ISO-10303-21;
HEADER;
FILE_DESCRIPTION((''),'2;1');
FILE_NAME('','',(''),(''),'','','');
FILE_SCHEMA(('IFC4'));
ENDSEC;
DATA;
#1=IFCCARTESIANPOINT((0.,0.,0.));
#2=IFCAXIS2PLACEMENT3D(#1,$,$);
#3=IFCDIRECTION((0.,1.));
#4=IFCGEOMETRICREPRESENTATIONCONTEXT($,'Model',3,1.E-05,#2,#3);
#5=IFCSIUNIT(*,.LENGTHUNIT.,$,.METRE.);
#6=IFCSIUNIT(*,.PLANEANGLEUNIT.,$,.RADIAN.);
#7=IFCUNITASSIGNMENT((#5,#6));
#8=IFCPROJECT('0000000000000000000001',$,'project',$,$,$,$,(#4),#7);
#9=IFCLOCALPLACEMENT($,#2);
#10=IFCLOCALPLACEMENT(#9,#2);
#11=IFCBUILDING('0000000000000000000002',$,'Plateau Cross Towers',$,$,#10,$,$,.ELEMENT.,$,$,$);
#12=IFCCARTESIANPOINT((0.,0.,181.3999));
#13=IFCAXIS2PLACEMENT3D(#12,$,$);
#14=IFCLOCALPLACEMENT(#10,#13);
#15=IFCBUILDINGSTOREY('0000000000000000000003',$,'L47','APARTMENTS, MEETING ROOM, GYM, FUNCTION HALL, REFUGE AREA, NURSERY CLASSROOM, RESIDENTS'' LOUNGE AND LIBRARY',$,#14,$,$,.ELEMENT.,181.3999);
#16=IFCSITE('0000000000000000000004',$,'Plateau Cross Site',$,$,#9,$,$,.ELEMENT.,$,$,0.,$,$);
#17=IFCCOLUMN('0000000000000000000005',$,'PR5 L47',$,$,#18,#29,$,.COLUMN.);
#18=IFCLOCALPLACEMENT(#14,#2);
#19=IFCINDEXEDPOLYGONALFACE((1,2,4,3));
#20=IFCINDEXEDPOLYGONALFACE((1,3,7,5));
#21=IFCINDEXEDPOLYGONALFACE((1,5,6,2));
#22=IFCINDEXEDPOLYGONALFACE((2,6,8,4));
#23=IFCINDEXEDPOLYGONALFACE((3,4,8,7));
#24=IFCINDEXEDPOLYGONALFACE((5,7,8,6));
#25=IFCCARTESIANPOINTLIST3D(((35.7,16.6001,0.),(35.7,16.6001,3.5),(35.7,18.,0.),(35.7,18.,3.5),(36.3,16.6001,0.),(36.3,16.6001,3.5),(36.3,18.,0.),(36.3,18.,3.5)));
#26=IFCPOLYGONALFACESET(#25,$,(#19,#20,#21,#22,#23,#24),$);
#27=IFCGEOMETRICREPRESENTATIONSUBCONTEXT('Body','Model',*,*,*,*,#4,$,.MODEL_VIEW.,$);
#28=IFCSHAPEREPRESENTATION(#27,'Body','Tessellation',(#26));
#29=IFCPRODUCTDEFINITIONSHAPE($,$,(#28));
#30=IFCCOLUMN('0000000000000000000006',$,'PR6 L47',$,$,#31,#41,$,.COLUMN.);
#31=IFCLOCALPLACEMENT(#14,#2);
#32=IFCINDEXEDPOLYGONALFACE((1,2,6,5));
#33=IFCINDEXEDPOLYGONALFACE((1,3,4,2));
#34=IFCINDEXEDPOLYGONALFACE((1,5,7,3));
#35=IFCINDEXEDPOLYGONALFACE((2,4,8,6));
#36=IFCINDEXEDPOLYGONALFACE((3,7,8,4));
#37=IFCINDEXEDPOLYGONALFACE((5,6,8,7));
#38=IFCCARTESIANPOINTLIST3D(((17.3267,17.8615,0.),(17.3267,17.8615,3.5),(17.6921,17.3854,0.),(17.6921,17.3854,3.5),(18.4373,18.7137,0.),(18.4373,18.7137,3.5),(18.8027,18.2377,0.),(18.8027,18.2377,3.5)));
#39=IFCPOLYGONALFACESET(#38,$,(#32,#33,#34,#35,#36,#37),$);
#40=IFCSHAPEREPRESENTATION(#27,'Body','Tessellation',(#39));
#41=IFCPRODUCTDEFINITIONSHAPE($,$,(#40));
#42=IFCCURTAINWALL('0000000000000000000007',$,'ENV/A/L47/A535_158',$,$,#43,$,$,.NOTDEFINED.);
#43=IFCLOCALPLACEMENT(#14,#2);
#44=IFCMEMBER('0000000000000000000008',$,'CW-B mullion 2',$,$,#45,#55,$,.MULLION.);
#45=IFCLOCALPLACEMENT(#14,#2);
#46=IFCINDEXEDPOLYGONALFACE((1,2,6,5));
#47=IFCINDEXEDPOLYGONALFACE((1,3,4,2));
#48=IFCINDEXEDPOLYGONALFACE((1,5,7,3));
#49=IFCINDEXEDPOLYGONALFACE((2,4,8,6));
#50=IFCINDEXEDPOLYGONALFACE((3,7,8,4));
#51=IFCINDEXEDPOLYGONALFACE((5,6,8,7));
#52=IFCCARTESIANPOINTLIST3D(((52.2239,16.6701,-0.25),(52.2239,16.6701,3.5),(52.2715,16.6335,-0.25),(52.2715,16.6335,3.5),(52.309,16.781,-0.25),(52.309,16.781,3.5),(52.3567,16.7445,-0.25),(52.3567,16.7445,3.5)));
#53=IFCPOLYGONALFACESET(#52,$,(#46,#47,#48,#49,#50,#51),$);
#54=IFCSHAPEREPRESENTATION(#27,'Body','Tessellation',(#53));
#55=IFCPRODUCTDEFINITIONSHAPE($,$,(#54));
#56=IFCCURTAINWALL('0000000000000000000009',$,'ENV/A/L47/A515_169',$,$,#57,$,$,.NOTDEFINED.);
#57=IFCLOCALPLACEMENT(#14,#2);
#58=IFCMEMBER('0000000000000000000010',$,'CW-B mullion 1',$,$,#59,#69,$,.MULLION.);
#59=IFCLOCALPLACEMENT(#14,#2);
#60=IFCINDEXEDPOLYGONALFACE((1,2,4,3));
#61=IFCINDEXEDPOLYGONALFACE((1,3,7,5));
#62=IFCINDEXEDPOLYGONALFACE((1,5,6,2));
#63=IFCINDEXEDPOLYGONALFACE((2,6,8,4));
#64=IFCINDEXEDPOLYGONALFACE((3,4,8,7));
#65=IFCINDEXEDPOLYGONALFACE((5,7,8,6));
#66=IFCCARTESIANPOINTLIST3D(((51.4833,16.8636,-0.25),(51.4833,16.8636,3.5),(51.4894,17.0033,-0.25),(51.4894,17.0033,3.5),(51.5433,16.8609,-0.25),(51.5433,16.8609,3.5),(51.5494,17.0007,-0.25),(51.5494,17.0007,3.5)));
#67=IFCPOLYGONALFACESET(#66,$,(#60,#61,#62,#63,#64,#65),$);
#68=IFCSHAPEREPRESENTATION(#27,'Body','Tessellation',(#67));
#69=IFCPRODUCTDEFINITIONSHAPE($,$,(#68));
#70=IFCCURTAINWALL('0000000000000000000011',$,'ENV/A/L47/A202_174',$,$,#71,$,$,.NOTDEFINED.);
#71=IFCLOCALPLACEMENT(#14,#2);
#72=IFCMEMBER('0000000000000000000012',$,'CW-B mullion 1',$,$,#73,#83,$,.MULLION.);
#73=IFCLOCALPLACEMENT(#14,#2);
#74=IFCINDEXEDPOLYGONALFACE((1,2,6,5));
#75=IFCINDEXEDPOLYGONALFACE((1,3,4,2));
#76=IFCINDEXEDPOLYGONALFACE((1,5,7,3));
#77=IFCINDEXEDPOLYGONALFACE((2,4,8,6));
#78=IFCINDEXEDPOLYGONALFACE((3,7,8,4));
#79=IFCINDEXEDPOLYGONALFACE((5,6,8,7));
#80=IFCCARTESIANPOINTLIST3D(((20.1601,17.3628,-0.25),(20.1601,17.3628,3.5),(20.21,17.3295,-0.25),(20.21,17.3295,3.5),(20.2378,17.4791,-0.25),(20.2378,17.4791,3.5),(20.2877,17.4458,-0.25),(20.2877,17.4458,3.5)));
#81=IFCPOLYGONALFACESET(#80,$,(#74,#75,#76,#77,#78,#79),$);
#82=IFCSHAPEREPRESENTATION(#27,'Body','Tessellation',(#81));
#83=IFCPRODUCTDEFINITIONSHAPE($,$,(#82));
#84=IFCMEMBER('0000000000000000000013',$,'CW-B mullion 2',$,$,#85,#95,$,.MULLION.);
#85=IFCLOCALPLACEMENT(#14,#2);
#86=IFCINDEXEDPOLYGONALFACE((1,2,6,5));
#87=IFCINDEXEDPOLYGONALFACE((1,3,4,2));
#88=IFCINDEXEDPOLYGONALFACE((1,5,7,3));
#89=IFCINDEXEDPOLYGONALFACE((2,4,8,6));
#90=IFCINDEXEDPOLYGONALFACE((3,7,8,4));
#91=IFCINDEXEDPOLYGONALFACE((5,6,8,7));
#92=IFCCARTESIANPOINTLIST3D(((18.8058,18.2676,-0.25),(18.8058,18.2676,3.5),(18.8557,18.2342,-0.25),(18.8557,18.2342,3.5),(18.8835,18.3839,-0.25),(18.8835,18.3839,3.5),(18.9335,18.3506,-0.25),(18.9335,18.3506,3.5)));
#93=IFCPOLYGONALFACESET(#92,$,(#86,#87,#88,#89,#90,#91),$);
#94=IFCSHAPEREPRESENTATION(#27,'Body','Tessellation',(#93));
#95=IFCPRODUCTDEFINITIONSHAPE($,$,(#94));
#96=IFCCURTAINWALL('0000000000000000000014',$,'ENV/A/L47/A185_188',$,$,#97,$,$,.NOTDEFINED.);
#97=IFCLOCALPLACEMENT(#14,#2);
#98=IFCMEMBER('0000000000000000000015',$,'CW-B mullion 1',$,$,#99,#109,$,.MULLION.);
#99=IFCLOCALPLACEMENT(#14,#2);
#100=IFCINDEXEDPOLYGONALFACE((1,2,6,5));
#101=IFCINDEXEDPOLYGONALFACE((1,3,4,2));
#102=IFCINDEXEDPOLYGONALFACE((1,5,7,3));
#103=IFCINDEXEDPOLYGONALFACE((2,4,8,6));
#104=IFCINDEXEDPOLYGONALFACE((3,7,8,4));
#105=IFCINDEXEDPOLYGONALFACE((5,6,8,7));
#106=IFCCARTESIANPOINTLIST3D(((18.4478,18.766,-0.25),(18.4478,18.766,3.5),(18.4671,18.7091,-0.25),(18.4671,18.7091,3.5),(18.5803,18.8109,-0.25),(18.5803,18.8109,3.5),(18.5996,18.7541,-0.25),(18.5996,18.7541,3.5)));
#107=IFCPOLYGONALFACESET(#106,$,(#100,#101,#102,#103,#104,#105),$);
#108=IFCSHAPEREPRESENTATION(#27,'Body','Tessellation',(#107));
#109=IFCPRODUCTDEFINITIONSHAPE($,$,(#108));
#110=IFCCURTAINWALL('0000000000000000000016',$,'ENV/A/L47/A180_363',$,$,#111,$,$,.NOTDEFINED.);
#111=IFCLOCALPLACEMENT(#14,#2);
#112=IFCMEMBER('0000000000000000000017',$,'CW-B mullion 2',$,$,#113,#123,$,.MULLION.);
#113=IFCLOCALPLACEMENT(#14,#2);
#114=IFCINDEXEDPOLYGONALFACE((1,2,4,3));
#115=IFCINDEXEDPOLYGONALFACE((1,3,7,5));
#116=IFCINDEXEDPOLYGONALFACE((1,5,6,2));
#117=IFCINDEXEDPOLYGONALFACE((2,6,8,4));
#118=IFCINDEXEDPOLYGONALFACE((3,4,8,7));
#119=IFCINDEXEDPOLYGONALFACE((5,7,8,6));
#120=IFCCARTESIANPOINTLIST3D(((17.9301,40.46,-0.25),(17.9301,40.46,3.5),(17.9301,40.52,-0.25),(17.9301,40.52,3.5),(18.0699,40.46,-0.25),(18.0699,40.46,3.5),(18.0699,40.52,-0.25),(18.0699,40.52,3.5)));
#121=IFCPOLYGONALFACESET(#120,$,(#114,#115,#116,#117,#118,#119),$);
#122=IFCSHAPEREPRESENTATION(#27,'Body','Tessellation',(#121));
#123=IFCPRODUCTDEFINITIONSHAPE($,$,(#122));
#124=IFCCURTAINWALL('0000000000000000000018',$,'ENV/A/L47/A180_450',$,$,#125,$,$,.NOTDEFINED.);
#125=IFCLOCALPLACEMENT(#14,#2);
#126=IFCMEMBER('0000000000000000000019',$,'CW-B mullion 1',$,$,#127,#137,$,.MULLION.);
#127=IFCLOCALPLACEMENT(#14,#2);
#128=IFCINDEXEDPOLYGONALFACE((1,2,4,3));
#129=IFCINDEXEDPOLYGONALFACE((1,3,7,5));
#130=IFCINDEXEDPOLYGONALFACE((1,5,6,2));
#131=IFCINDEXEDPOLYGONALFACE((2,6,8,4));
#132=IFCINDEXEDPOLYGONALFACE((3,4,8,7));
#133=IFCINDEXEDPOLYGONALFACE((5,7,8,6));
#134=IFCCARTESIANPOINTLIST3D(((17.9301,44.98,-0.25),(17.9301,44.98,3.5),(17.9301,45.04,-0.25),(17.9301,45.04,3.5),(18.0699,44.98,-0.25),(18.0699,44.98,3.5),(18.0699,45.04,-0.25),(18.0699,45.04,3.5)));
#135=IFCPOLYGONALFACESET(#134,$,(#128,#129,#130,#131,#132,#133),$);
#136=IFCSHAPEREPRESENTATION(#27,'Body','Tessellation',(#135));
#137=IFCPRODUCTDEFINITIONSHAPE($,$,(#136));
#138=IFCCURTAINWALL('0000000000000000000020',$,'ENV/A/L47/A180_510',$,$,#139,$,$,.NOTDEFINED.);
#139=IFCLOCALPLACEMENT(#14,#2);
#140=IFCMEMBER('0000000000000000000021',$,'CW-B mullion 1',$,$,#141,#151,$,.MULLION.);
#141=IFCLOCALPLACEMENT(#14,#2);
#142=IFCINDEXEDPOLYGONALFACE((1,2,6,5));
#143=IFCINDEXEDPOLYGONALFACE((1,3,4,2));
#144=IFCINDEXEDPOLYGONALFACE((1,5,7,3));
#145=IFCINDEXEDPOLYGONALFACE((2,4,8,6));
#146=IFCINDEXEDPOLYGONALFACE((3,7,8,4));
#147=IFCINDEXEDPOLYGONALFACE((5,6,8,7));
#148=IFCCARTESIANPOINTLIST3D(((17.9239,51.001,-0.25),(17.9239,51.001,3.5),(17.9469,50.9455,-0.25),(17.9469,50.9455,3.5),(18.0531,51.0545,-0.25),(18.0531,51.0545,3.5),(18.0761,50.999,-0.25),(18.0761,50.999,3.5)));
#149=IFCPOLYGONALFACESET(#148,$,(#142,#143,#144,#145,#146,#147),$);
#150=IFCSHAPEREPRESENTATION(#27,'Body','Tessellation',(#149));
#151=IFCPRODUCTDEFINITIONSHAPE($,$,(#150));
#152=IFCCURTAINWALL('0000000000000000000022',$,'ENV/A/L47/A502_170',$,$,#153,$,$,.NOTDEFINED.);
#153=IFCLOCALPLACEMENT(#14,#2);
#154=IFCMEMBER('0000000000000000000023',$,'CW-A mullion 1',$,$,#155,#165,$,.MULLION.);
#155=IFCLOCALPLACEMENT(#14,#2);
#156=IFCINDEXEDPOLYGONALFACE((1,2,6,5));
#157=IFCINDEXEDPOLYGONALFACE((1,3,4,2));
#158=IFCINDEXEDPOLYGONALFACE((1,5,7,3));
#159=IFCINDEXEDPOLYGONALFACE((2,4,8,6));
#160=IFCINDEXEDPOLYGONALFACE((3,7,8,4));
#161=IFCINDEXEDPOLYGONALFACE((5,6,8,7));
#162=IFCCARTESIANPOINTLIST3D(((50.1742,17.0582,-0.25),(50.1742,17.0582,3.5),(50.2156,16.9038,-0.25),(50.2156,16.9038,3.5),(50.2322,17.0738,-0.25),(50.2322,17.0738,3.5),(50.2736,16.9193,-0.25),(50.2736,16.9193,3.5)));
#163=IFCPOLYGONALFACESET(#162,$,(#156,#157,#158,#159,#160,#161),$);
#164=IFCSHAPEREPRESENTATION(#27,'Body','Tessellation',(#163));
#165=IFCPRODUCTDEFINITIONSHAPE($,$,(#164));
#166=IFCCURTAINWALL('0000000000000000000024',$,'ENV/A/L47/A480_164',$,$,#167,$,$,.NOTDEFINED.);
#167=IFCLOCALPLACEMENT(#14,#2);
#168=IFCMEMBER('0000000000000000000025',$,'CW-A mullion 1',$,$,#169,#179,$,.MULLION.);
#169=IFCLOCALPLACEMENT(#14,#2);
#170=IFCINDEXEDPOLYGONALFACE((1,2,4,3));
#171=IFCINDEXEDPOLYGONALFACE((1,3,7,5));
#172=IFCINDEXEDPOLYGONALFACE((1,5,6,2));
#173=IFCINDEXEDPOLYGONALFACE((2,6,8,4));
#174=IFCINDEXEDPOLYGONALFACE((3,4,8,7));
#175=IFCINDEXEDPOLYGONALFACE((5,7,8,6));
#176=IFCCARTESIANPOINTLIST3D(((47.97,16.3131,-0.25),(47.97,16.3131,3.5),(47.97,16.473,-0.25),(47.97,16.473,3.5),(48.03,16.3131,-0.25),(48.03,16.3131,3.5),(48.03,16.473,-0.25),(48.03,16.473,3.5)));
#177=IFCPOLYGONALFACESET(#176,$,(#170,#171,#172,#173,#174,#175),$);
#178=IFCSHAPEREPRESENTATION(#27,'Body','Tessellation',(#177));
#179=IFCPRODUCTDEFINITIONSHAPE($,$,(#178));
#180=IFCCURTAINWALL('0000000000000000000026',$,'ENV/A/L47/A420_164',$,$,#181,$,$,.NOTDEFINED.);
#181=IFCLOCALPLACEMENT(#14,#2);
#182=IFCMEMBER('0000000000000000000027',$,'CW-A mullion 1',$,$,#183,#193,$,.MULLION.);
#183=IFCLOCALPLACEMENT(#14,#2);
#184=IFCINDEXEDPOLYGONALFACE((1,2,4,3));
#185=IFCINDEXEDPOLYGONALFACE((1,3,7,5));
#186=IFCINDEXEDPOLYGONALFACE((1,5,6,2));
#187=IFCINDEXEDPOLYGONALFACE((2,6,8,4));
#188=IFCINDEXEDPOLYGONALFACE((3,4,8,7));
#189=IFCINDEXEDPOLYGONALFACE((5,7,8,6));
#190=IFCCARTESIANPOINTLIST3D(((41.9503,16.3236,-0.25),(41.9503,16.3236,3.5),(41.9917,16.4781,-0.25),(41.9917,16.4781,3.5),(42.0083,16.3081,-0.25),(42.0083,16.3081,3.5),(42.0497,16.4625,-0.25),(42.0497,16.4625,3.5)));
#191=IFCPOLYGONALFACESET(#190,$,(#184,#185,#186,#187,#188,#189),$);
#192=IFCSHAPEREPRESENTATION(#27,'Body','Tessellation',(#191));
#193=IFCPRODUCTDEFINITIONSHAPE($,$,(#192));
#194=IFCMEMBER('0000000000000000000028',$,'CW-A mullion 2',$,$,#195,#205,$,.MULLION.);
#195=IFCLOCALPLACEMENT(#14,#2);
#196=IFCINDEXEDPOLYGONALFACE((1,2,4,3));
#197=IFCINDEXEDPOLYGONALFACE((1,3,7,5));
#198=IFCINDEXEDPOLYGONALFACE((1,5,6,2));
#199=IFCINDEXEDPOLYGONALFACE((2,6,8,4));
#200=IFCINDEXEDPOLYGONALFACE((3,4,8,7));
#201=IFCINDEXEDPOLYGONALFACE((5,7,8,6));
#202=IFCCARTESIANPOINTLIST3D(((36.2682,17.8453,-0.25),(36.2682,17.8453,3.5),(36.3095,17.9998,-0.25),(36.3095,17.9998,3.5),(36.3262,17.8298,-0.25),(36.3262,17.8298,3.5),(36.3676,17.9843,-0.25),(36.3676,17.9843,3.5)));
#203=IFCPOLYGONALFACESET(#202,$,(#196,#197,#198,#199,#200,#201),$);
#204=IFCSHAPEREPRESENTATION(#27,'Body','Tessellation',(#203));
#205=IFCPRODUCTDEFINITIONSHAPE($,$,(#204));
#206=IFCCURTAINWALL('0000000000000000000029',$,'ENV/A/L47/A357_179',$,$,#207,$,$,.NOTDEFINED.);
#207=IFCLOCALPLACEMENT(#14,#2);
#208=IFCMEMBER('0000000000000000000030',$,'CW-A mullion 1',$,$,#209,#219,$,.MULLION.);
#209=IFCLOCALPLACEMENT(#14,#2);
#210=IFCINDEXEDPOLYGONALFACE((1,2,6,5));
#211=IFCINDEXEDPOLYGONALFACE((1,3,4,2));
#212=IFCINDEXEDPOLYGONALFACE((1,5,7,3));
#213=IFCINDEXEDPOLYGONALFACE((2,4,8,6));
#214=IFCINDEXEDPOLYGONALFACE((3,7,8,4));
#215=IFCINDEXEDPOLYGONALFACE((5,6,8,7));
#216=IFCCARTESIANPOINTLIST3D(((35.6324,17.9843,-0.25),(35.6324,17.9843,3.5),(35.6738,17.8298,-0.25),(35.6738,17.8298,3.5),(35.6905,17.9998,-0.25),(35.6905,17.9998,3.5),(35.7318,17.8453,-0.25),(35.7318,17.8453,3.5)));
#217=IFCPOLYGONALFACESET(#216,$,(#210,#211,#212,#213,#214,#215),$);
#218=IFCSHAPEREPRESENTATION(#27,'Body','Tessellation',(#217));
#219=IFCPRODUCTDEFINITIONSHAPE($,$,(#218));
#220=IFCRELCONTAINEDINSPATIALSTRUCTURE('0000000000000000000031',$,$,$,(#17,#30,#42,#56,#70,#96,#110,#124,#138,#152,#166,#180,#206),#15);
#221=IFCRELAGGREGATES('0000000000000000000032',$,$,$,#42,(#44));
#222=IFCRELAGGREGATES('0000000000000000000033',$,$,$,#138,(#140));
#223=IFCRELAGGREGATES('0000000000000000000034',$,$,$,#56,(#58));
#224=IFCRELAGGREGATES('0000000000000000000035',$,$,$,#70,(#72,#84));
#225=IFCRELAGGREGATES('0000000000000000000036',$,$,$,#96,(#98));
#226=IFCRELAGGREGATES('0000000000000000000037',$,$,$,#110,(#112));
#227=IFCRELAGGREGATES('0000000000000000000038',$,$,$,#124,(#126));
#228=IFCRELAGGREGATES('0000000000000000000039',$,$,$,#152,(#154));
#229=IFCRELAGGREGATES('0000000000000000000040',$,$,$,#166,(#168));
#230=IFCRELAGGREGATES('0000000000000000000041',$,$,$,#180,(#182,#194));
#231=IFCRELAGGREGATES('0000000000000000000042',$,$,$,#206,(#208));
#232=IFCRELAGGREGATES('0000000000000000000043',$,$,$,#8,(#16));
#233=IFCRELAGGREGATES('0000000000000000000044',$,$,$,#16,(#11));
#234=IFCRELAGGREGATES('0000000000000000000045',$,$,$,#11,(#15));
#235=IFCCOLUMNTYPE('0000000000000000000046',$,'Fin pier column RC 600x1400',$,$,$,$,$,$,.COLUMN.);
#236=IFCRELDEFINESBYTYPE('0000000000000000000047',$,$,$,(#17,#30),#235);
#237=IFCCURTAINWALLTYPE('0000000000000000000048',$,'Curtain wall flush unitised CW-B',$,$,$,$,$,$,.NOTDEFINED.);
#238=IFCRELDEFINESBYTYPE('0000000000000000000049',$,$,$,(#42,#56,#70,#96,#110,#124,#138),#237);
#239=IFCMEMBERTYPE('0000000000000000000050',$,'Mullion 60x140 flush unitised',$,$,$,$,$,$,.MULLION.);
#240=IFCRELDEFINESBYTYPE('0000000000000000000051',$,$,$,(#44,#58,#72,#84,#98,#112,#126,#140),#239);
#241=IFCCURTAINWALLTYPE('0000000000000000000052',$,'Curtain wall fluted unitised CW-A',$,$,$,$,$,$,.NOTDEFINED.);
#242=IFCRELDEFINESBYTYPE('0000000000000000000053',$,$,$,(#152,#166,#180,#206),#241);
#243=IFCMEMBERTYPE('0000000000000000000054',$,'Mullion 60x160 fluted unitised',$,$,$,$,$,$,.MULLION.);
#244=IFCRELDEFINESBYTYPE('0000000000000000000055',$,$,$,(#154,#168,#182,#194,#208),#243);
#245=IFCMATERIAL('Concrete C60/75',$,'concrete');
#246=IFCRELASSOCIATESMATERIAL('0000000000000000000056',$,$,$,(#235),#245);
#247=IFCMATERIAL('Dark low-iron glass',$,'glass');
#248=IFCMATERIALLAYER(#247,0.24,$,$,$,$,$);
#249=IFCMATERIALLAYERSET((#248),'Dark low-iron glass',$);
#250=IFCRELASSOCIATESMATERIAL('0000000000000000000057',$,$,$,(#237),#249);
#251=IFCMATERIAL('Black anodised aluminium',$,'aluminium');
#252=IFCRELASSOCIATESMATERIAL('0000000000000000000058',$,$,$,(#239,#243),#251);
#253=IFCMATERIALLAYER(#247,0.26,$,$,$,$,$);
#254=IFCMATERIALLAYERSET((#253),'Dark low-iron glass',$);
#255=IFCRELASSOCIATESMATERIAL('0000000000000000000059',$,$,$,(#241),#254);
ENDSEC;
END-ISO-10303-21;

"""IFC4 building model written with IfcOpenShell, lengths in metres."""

from ifc_helpers import new_model, si_unit, direction, frame, origin, origin_2d, place, context, subcontext, project, spatial, rectangle, extrude, material, layer, layer_set, material_profile, profile_set, type_object, element, aggregate, save


model = new_model("IFC4")

# Units and contexts
model_context = context("Model", 3, precision=1e-05, world=origin(), true_north=direction((0.0, 1.0)))
body_context = subcontext(model_context, "Body", "Model", "MODEL_VIEW")
ifc_project = project(units=[si_unit("LENGTHUNIT", "METRE"), si_unit("PLANEANGLEUNIT", "RADIAN")], contexts=[model_context])

# Site, building, storey
site_placement = place(None, origin())
site = spatial("IfcSite", under=ifc_project, at=site_placement, Name="Plateau Cross Site", CompositionType="ELEMENT", RefElevation=0.0)
building_placement = place(site_placement, origin())
building = spatial("IfcBuilding", under=site, at=building_placement, Name="Plateau Cross Towers", CompositionType="ELEMENT")
storey_placement = place(building_placement, frame((0.0, 0.0, 181.3999)))
storey = spatial("IfcBuildingStorey", under=building, at=storey_placement, Name="L47", Description="APARTMENTS, MEETING ROOM, GYM, FUNCTION HALL, REFUGE AREA, NURSERY CLASSROOM, RESIDENTS' LOUNGE AND LIBRARY", CompositionType="ELEMENT", Elevation=181.3999)

# Columns
ifc_material_1 = material(Name="Concrete C60/75", Category="concrete")
ifc_material_profile_1 = material_profile(ifc_material_1, rectangle(XDim=0.6001, YDim=1.3999, at=origin_2d()), Name="RC 600x1400")
ifc_profile_set_1 = profile_set([ifc_material_profile_1], Name="Concrete C60/75")
column_type = type_object("IfcColumnType", Name="Fin pier column RC 600x1400", PredefinedType="COLUMN", material=ifc_profile_set_1)
for number, where, z_axis, x_axis, name in (
    (1, (36.0, 17.3, 0.0), (0.0, 0.0, 1.0), (1.0, 0.0, 0.0), "PR5 L47"),
    (2, (18.0647, 18.0496, 0.0), (0.0, 0.0, 1.0), (-0.608811, 0.793315, 0.0), "PR6 L47"),
):
    element("IfcColumn", number, at=place(storey_placement, frame(where, z_axis=z_axis, x_axis=x_axis)), inside=storey, type_object=column_type, Name=name, PredefinedType="COLUMN", context=body_context, shape_type="SweptSolid", body=[
        extrude(rectangle(XDim=0.6001, YDim=1.3999, at=origin_2d()), origin(), (0.0, 0.0, 1.0), 3.5),
    ])

# Curtain walls, members
ifc_material_2 = material(Name="Dark low-iron glass", Category="glass")
ifc_layer_1 = layer(ifc_material_2, 0.24)
ifc_layer_set_1 = layer_set([ifc_layer_1], Name="Dark low-iron glass")
curtain_wall_type_1 = type_object("IfcCurtainWallType", Name="Curtain wall flush unitised CW-B", PredefinedType="NOTDEFINED", material=ifc_layer_set_1)
curtain_wall_1_placement = place(storey_placement, origin())
curtain_wall_1 = element("IfcCurtainWall", 3, at=curtain_wall_1_placement, inside=storey, type_object=curtain_wall_type_1, Name="ENV/A/L47/A535_158", PredefinedType="NOTDEFINED")
ifc_material_3 = material(Name="Black anodised aluminium", Category="aluminium")
ifc_material_profile_2 = material_profile(ifc_material_3, rectangle(XDim=0.0601, YDim=0.1399, at=origin_2d()), Name="MULLION 60x140")
ifc_profile_set_2 = profile_set([ifc_material_profile_2], Name="Black anodised aluminium")
member_type_1 = type_object("IfcMemberType", Name="Mullion 60x140 flush unitised", PredefinedType="MULLION", material=ifc_profile_set_2)
member_1_placement = place(storey_placement, frame((52.2903, 16.7073, -0.25), z_axis=(0.0, 0.0, 1.0), x_axis=(-0.793316, 0.608811, 0.0)))
member_1 = element("IfcMember", 4, at=member_1_placement, type_object=member_type_1, Name="CW-B mullion 2", PredefinedType="MULLION", context=body_context, shape_type="SweptSolid", body=[
    extrude(rectangle(XDim=0.0601, YDim=0.1399, at=origin_2d()), origin(), (0.0, 0.0, 1.0), 3.75),
])
aggregate(curtain_wall_1, [member_1])
curtain_wall_2_placement = place(storey_placement, origin())
curtain_wall_2 = element("IfcCurtainWall", 5, at=curtain_wall_2_placement, inside=storey, type_object=curtain_wall_type_1, Name="ENV/A/L47/A515_169", PredefinedType="NOTDEFINED")
member_2_placement = place(storey_placement, frame((51.5164, 16.9321, -0.25), z_axis=(0.0, 0.0, 1.0), x_axis=(-0.999044, 0.043723, 0.0)))
member_2 = element("IfcMember", 6, at=member_2_placement, type_object=member_type_1, Name="CW-B mullion 1", PredefinedType="MULLION", context=body_context, shape_type="SweptSolid", body=[
    extrude(rectangle(XDim=0.0601, YDim=0.1399, at=origin_2d()), origin(), (0.0, 0.0, 1.0), 3.75),
])

# Curtain wall, members
curtain_wall_3_placement = place(storey_placement, origin())
curtain_wall_3 = element("IfcCurtainWall", 7, at=curtain_wall_3_placement, inside=storey, type_object=curtain_wall_type_1, Name="ENV/A/L47/A202_174", PredefinedType="NOTDEFINED")
member_3_placement = place(storey_placement, frame((20.2239, 17.4043, -0.25), z_axis=(0.0, 0.0, 1.0), x_axis=(-0.831521, 0.555493, 0.0)))
member_3 = element("IfcMember", 8, at=member_3_placement, type_object=member_type_1, Name="CW-B mullion 1", PredefinedType="MULLION", context=body_context, shape_type="SweptSolid", body=[
    extrude(rectangle(XDim=0.0601, YDim=0.1399, at=origin_2d()), origin(), (0.0, 0.0, 1.0), 3.75),
])
member_4_placement = place(storey_placement, frame((18.8696, 18.3091, -0.25), z_axis=(0.0, 0.0, 1.0), x_axis=(-0.831521, 0.555493, 0.0)))
member_4 = element("IfcMember", 9, at=member_4_placement, type_object=member_type_1, Name="CW-B mullion 2", PredefinedType="MULLION", context=body_context, shape_type="SweptSolid", body=[
    extrude(rectangle(XDim=0.0601, YDim=0.1399, at=origin_2d()), origin(), (0.0, 0.0, 1.0), 3.75),
])

# Curtain walls, members
curtain_wall_4_placement = place(storey_placement, origin())
curtain_wall_4 = element("IfcCurtainWall", 10, at=curtain_wall_4_placement, inside=storey, type_object=curtain_wall_type_1, Name="ENV/A/L47/A185_188", PredefinedType="NOTDEFINED")
member_5_placement = place(storey_placement, frame((18.5237, 18.76, -0.25), z_axis=(0.0, 0.0, 1.0), x_axis=(-0.321469, 0.94692, 0.0)))
member_5 = element("IfcMember", 11, at=member_5_placement, type_object=member_type_1, Name="CW-B mullion 1", PredefinedType="MULLION", context=body_context, shape_type="SweptSolid", body=[
    extrude(rectangle(XDim=0.0601, YDim=0.1399, at=origin_2d()), origin(), (0.0, 0.0, 1.0), 3.75),
])
curtain_wall_5_placement = place(storey_placement, origin())
curtain_wall_5 = element("IfcCurtainWall", 12, at=curtain_wall_5_placement, inside=storey, type_object=curtain_wall_type_1, Name="ENV/A/L47/A180_363", PredefinedType="NOTDEFINED")
member_6_placement = place(storey_placement, frame((18.0, 40.49, -0.25), z_axis=(0.0, 0.0, 1.0), x_axis=(0.0, 1.0, 0.0)))
member_6 = element("IfcMember", 13, at=member_6_placement, type_object=member_type_1, Name="CW-B mullion 2", PredefinedType="MULLION", context=body_context, shape_type="SweptSolid", body=[
    extrude(rectangle(XDim=0.0601, YDim=0.1399, at=origin_2d()), origin(), (0.0, 0.0, 1.0), 3.75),
])
curtain_wall_6_placement = place(storey_placement, origin())
curtain_wall_6 = element("IfcCurtainWall", 14, at=curtain_wall_6_placement, inside=storey, type_object=curtain_wall_type_1, Name="ENV/A/L47/A180_450", PredefinedType="NOTDEFINED")
member_7_placement = place(storey_placement, frame((18.0, 45.01, -0.25), z_axis=(0.0, 0.0, 1.0), x_axis=(0.0, 1.0, 0.0)))
member_7 = element("IfcMember", 15, at=member_7_placement, type_object=member_type_1, Name="CW-B mullion 1", PredefinedType="MULLION", context=body_context, shape_type="SweptSolid", body=[
    extrude(rectangle(XDim=0.0601, YDim=0.1399, at=origin_2d()), origin(), (0.0, 0.0, 1.0), 3.75),
])
curtain_wall_7_placement = place(storey_placement, origin())
curtain_wall_7 = element("IfcCurtainWall", 16, at=curtain_wall_7_placement, inside=storey, type_object=curtain_wall_type_1, Name="ENV/A/L47/A180_510", PredefinedType="NOTDEFINED")
member_8_placement = place(storey_placement, frame((18.0, 51.0, -0.25), z_axis=(0.0, 0.0, 1.0), x_axis=(-0.382684, 0.923879, 0.0)))
member_8 = element("IfcMember", 17, at=member_8_placement, type_object=member_type_1, Name="CW-B mullion 1", PredefinedType="MULLION", context=body_context, shape_type="SweptSolid", body=[
    extrude(rectangle(XDim=0.0601, YDim=0.1399, at=origin_2d()), origin(), (0.0, 0.0, 1.0), 3.75),
])
ifc_layer_2 = layer(ifc_material_2, 0.26)
ifc_layer_set_2 = layer_set([ifc_layer_2], Name="Dark low-iron glass")
curtain_wall_type_2 = type_object("IfcCurtainWallType", Name="Curtain wall fluted unitised CW-A", PredefinedType="NOTDEFINED", material=ifc_layer_set_2)
curtain_wall_8_placement = place(storey_placement, origin())
curtain_wall_8 = element("IfcCurtainWall", 18, at=curtain_wall_8_placement, inside=storey, type_object=curtain_wall_type_2, Name="ENV/A/L47/A502_170", PredefinedType="NOTDEFINED")
ifc_material_profile_3 = material_profile(ifc_material_3, rectangle(XDim=0.0601, YDim=0.1599, at=origin_2d()), Name="MULLION 60x160")
ifc_profile_set_3 = profile_set([ifc_material_profile_3], Name="Black anodised aluminium")
member_type_2 = type_object("IfcMemberType", Name="Mullion 60x160 fluted unitised", PredefinedType="MULLION", material=ifc_profile_set_3)
member_9_placement = place(storey_placement, frame((50.2239, 16.9888, -0.25), z_axis=(0.0, 0.0, 1.0), x_axis=(-0.965958, -0.258699, 0.0)))
member_9 = element("IfcMember", 19, at=member_9_placement, type_object=member_type_2, Name="CW-A mullion 1", PredefinedType="MULLION", context=body_context, shape_type="SweptSolid", body=[
    extrude(rectangle(XDim=0.0601, YDim=0.1599, at=origin_2d()), origin(), (0.0, 0.0, 1.0), 3.75),
])
curtain_wall_9_placement = place(storey_placement, origin())
curtain_wall_9 = element("IfcCurtainWall", 20, at=curtain_wall_9_placement, inside=storey, type_object=curtain_wall_type_2, Name="ENV/A/L47/A480_164", PredefinedType="NOTDEFINED")
member_10_placement = place(storey_placement, frame((48.0, 16.3931, -0.25), z_axis=(0.0, 0.0, 1.0), x_axis=(-1.0, 0.0, 0.0)))
member_10 = element("IfcMember", 21, at=member_10_placement, type_object=member_type_2, Name="CW-A mullion 1", PredefinedType="MULLION", context=body_context, shape_type="SweptSolid", body=[
    extrude(rectangle(XDim=0.0601, YDim=0.1599, at=origin_2d()), origin(), (0.0, 0.0, 1.0), 3.75),
])

# Curtain wall, members
curtain_wall_10_placement = place(storey_placement, origin())
curtain_wall_10 = element("IfcCurtainWall", 22, at=curtain_wall_10_placement, inside=storey, type_object=curtain_wall_type_2, Name="ENV/A/L47/A420_164", PredefinedType="NOTDEFINED")
member_11_placement = place(storey_placement, frame((42.0, 16.3931, -0.25), z_axis=(0.0, 0.0, 1.0), x_axis=(-0.965958, 0.258699, 0.0)))
member_11 = element("IfcMember", 23, at=member_11_placement, type_object=member_type_2, Name="CW-A mullion 1", PredefinedType="MULLION", context=body_context, shape_type="SweptSolid", body=[
    extrude(rectangle(XDim=0.0601, YDim=0.1599, at=origin_2d()), origin(), (0.0, 0.0, 1.0), 3.75),
])
member_12_placement = place(storey_placement, frame((36.3179, 17.9148, -0.25), z_axis=(0.0, 0.0, 1.0), x_axis=(-0.965958, 0.258699, 0.0)))
member_12 = element("IfcMember", 24, at=member_12_placement, type_object=member_type_2, Name="CW-A mullion 2", PredefinedType="MULLION", context=body_context, shape_type="SweptSolid", body=[
    extrude(rectangle(XDim=0.0601, YDim=0.1599, at=origin_2d()), origin(), (0.0, 0.0, 1.0), 3.75),
])

# Curtain wall, member
curtain_wall_11_placement = place(storey_placement, origin())
curtain_wall_11 = element("IfcCurtainWall", 25, at=curtain_wall_11_placement, inside=storey, type_object=curtain_wall_type_2, Name="ENV/A/L47/A357_179", PredefinedType="NOTDEFINED")
member_13_placement = place(storey_placement, frame((35.6821, 17.9148, -0.25), z_axis=(0.0, 0.0, 1.0), x_axis=(-0.965958, -0.258699, 0.0)))
member_13 = element("IfcMember", 26, at=member_13_placement, type_object=member_type_2, Name="CW-A mullion 1", PredefinedType="MULLION", context=body_context, shape_type="SweptSolid", body=[
    extrude(rectangle(XDim=0.0601, YDim=0.1599, at=origin_2d()), origin(), (0.0, 0.0, 1.0), 3.75),
])

aggregate(curtain_wall_7, [member_8])

aggregate(curtain_wall_2, [member_2])
aggregate(curtain_wall_3, [member_3, member_4])
aggregate(curtain_wall_4, [member_5])
aggregate(curtain_wall_5, [member_6])
aggregate(curtain_wall_6, [member_7])
aggregate(curtain_wall_8, [member_9])
aggregate(curtain_wall_9, [member_10])
aggregate(curtain_wall_10, [member_11, member_12])
aggregate(curtain_wall_11, [member_13])

save(model, "model.ifc")
